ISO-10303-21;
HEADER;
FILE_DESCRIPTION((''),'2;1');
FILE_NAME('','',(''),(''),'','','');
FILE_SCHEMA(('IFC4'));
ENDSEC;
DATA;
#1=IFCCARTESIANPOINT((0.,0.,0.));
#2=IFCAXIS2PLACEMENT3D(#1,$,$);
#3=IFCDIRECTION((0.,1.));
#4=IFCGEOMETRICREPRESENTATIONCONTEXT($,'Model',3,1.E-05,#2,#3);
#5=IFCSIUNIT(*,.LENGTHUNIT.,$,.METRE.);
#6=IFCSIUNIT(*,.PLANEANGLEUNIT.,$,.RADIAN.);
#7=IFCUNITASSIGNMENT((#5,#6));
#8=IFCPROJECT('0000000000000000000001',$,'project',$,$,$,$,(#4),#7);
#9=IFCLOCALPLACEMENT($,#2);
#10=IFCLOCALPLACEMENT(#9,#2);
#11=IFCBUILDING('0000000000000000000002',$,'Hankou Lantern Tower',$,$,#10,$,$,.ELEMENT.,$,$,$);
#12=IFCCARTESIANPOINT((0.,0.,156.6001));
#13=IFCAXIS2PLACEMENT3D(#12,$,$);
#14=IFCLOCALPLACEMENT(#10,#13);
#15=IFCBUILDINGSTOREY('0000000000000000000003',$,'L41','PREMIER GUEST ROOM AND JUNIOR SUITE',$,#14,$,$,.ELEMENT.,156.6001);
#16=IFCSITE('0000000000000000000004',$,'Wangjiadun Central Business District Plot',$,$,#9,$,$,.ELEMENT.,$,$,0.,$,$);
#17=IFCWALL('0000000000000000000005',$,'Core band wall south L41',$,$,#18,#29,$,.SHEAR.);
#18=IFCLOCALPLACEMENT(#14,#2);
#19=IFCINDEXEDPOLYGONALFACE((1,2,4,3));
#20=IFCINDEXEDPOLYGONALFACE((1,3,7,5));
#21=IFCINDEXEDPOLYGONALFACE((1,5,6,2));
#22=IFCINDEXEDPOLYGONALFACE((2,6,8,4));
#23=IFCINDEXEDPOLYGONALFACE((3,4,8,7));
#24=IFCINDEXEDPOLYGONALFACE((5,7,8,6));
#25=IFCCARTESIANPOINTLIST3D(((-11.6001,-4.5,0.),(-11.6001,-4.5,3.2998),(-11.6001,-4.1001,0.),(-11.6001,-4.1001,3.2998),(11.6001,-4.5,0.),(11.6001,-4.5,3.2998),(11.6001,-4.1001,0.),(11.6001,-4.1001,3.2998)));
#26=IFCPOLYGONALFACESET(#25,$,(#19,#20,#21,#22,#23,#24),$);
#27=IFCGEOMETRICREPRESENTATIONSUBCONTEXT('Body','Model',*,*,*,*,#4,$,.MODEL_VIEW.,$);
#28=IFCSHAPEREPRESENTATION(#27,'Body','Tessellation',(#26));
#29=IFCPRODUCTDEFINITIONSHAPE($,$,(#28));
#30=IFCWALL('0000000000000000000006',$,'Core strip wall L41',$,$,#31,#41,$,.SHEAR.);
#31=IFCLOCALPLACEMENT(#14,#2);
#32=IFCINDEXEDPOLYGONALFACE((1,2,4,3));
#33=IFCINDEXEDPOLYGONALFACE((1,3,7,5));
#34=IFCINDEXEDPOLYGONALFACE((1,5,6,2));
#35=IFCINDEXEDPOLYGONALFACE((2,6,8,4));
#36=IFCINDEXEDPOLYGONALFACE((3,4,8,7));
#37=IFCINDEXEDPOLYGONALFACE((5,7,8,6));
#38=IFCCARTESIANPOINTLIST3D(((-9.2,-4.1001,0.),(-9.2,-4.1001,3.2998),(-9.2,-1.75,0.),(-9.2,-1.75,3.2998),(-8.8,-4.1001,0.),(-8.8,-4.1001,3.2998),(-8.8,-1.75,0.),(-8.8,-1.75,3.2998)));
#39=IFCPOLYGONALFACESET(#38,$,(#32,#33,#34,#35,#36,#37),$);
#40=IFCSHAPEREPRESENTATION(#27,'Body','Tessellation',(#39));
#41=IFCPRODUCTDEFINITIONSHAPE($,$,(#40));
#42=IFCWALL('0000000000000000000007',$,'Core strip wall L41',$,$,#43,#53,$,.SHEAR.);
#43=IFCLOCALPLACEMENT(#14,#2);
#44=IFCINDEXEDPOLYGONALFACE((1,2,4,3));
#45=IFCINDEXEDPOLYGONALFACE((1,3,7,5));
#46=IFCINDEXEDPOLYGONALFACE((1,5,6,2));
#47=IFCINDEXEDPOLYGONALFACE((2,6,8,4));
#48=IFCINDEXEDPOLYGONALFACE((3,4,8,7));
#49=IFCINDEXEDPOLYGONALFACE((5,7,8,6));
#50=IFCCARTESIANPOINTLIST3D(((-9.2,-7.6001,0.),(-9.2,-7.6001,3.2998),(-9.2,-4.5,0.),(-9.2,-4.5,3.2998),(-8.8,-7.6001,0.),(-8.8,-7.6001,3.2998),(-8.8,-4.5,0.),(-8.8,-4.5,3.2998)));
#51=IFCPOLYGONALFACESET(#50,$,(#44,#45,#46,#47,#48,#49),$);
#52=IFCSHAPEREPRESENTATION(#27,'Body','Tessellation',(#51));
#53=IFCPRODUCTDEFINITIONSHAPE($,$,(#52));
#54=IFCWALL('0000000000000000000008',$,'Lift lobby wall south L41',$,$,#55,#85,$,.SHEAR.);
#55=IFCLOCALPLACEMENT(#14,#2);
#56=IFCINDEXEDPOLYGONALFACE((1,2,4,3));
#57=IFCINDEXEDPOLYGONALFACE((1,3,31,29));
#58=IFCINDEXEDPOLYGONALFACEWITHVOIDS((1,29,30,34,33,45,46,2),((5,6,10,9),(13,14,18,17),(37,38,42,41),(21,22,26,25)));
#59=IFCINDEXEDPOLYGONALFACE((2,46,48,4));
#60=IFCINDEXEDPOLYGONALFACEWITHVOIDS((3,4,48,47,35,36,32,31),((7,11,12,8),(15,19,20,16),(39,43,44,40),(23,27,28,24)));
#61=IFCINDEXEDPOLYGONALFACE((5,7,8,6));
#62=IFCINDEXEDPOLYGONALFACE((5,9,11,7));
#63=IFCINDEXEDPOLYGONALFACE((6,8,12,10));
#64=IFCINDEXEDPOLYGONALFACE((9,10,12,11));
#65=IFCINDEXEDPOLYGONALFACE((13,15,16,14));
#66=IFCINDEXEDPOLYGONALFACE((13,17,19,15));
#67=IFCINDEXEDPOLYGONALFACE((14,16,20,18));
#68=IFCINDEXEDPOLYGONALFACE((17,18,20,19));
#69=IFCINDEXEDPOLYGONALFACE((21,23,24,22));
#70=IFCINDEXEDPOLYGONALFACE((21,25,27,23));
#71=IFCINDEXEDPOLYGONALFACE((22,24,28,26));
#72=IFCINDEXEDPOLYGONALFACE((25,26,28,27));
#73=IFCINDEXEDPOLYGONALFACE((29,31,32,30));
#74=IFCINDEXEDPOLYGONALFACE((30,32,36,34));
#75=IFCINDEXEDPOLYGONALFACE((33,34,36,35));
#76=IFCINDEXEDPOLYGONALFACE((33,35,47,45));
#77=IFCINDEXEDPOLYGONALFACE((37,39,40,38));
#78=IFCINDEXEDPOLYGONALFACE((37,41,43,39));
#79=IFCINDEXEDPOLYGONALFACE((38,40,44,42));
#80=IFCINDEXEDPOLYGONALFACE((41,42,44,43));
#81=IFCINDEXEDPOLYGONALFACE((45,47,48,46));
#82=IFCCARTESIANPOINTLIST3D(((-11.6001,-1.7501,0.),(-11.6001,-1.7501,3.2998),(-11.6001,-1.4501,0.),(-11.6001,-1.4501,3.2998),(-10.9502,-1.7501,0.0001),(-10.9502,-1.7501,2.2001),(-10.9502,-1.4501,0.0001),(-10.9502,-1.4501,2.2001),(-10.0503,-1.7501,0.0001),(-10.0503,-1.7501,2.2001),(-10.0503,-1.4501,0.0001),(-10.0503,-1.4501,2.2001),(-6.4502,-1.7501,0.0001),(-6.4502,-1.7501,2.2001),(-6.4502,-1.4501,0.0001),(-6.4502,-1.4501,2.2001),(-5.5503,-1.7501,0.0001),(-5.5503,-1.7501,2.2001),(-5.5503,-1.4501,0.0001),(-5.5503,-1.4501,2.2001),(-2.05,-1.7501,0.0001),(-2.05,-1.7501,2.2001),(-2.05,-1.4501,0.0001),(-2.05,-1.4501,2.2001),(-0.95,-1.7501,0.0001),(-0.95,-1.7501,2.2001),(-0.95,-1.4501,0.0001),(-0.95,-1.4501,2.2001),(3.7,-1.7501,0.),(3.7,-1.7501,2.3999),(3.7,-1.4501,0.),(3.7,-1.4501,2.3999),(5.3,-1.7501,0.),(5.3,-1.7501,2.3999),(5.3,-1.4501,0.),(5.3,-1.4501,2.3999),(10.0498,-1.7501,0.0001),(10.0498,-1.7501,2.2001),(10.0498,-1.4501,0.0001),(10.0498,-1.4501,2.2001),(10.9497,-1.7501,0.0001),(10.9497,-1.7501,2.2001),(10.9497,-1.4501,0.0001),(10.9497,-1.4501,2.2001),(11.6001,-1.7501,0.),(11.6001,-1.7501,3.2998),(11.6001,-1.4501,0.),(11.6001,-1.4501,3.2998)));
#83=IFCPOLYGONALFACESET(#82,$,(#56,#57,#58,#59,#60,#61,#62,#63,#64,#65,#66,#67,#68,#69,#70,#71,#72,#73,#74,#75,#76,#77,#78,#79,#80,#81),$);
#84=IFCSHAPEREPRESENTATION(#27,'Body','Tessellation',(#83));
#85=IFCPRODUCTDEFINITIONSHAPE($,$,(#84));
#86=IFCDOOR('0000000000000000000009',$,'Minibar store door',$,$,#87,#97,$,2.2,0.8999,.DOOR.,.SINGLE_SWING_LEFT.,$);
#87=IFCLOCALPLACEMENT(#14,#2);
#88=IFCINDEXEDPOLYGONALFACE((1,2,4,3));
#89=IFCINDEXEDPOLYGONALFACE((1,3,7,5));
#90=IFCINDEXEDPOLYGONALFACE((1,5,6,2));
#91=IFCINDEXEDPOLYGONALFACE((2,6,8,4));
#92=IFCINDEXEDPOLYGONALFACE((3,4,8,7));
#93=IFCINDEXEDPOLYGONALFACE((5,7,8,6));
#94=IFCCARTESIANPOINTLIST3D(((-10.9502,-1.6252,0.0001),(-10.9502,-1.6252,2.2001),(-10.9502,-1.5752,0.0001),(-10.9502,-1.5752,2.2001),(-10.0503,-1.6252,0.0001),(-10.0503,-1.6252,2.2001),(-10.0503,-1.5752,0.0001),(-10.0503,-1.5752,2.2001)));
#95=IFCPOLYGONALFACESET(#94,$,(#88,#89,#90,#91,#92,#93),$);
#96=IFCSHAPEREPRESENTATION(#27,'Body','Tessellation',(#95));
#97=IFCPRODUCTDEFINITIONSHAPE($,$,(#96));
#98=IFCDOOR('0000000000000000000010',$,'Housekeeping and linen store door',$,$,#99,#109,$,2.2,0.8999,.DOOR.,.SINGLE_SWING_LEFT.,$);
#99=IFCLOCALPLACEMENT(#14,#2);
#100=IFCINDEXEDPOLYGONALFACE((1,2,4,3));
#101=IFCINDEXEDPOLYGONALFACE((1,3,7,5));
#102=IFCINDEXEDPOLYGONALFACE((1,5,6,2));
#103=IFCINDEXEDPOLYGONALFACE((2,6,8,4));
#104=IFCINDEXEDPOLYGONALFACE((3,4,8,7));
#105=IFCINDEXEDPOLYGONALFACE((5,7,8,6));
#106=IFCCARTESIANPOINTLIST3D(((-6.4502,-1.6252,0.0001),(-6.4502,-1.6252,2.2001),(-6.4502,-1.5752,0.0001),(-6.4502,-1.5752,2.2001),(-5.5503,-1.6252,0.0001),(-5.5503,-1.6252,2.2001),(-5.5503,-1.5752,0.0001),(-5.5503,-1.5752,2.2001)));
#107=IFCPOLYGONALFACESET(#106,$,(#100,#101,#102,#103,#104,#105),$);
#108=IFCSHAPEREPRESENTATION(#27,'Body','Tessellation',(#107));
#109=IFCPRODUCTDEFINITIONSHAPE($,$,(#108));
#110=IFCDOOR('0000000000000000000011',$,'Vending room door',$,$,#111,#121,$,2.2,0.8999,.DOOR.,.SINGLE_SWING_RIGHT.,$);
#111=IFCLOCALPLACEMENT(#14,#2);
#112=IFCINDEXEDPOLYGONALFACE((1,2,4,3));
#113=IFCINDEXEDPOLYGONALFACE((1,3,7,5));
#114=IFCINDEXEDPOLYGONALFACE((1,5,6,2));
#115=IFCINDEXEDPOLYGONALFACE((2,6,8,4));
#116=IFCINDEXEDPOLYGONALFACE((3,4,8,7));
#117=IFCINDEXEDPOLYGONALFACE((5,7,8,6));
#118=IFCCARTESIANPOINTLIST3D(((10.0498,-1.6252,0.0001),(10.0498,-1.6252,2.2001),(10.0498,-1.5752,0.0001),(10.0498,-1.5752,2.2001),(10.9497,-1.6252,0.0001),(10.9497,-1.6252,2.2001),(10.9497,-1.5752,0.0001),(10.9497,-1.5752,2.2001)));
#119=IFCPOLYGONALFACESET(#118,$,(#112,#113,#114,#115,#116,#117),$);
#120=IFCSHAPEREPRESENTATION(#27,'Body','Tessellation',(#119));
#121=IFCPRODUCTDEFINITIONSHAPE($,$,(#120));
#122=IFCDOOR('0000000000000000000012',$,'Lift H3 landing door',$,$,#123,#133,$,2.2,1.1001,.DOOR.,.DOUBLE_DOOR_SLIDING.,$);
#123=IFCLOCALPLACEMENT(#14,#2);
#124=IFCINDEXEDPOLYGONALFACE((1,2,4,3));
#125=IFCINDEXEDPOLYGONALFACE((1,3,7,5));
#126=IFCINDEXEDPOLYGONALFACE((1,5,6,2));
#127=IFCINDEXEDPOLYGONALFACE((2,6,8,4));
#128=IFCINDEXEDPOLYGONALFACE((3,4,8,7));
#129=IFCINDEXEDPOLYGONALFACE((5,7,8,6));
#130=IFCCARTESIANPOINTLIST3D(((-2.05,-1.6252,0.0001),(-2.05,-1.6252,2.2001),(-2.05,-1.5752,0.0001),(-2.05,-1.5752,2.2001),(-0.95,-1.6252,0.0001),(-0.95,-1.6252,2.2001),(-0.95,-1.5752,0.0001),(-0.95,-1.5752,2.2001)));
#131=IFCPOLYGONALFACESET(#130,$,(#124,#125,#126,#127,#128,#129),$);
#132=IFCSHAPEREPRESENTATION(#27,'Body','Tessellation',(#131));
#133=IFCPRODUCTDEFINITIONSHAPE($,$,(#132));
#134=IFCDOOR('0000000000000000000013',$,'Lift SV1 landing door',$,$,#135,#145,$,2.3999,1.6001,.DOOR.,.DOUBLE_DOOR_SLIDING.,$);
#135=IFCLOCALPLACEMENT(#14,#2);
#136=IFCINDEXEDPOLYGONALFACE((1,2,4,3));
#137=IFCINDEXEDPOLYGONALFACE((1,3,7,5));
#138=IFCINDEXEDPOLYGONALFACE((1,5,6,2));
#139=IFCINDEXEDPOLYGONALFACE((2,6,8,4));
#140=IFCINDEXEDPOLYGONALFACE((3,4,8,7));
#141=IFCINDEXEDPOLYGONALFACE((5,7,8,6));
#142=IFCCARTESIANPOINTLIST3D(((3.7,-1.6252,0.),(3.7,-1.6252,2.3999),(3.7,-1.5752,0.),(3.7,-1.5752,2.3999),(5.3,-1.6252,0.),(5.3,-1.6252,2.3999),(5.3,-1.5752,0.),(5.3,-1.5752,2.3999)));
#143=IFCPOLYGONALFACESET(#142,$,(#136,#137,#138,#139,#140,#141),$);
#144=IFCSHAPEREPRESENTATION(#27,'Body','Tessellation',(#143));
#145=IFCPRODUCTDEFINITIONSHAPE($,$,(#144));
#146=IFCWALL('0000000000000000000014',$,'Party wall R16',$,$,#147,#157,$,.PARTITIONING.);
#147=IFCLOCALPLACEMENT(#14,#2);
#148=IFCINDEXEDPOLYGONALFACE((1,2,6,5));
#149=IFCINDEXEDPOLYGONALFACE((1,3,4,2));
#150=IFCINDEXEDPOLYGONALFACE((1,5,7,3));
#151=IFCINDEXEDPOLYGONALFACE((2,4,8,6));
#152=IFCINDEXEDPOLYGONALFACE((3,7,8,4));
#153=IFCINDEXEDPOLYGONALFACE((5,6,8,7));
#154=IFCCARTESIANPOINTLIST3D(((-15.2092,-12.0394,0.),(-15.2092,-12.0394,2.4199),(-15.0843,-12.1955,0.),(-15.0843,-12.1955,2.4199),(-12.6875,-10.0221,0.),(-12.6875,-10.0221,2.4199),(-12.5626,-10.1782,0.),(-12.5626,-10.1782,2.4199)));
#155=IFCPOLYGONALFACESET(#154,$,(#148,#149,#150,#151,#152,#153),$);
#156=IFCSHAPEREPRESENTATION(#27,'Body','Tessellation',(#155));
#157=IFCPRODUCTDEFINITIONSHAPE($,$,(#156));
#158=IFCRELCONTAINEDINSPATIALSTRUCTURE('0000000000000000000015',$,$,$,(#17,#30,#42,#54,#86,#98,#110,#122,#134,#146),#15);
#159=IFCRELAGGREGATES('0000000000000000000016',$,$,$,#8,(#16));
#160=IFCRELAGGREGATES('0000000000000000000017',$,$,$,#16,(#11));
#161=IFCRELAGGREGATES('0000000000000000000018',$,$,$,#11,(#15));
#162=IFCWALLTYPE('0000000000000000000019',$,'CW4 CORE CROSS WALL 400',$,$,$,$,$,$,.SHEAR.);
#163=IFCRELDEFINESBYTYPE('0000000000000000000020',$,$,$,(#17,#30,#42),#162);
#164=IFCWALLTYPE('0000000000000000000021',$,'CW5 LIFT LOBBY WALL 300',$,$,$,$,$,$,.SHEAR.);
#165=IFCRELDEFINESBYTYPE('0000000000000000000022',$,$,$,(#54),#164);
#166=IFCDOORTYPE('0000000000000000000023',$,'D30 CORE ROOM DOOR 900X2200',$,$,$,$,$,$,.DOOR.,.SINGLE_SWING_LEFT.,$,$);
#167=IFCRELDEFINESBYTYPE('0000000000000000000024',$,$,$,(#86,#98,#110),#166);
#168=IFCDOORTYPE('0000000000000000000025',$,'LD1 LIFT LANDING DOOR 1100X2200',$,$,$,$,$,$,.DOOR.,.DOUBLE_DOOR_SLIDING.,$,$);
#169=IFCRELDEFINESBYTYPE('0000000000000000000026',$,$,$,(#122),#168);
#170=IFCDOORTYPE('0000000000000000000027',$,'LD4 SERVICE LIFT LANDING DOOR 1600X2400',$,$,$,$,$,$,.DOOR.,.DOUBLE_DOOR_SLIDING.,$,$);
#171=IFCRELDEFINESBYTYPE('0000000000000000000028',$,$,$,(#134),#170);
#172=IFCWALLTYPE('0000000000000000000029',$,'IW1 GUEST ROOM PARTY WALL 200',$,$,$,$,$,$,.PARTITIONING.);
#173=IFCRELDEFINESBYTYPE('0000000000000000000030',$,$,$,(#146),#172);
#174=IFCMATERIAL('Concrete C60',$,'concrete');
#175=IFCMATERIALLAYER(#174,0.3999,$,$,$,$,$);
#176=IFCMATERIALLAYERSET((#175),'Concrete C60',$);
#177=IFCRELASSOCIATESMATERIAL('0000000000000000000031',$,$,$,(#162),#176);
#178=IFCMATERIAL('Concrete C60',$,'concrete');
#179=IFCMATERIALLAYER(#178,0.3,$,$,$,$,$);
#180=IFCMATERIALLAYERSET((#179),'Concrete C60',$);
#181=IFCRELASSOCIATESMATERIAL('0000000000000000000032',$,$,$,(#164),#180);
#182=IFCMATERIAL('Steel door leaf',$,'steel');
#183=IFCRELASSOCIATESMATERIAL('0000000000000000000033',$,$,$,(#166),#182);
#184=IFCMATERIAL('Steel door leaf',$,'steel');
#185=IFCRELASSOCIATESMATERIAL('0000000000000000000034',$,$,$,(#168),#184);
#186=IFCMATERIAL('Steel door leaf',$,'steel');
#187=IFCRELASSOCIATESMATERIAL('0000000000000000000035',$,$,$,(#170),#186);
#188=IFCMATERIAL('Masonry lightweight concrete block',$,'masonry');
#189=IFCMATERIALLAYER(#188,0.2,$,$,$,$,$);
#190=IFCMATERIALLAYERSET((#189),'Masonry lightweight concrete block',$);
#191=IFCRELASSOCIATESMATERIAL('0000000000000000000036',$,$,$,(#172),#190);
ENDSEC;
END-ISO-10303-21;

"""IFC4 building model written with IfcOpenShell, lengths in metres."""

from ifc_helpers import new_model, si_unit, direction, frame, frame_2d, origin, place, context, subcontext, project, spatial, rectangle, extrude, material, layer, layer_set, type_object, element, fill, save


model = new_model("IFC4")

# Units and contexts
model_context = context("Model", 3, precision=1e-05, world=origin(), true_north=direction((0.0, 1.0)))
body_context = subcontext(model_context, "Body", "Model", "MODEL_VIEW")
ifc_project = project(units=[si_unit("LENGTHUNIT", "METRE"), si_unit("PLANEANGLEUNIT", "RADIAN")], contexts=[model_context])

# Site, building, storey
site_placement = place(None, origin())
site = spatial("IfcSite", under=ifc_project, at=site_placement, Name="Wangjiadun Central Business District Plot", CompositionType="ELEMENT", RefElevation=0.0)
building_placement = place(site_placement, origin())
building = spatial("IfcBuilding", under=site, at=building_placement, Name="Hankou Lantern Tower", CompositionType="ELEMENT")
storey_placement = place(building_placement, frame((0.0, 0.0, 156.6001)))
storey = spatial("IfcBuildingStorey", under=building, at=storey_placement, Name="L41", Description="PREMIER GUEST ROOM AND JUNIOR SUITE", CompositionType="ELEMENT", Elevation=156.6001)

# Walls
ifc_material_1 = material(Name="Concrete C60", Category="concrete")
ifc_layer_1 = layer(ifc_material_1, 0.3999)
ifc_layer_set_1 = layer_set([ifc_layer_1], Name="Concrete C60")
wall_type_1 = type_object("IfcWallType", Name="CW4 CORE CROSS WALL 400", PredefinedType="SHEAR", material=ifc_layer_set_1)
wall_1_placement = place(storey_placement, frame((-11.6001, -4.3, 0.0), z_axis=(0.0, 0.0, 1.0), x_axis=(1.0, 0.0, 0.0)))
element("IfcWall", 1, at=wall_1_placement, inside=storey, type_object=wall_type_1, Name="Core band wall south L41", PredefinedType="SHEAR", context=body_context, shape_type="SweptSolid", body=[
    extrude(rectangle(XDim=23.2002, YDim=0.3999, at=frame_2d((11.6001, 0.0))), origin(), (0.0, 0.0, 1.0), 3.2998),
])
wall_2_placement = place(storey_placement, frame((-9.0, -4.1001, 0.0), z_axis=(0.0, 0.0, 1.0), x_axis=(0.0, 1.0, 0.0)))
element("IfcWall", 2, at=wall_2_placement, inside=storey, type_object=wall_type_1, Name="Core strip wall L41", PredefinedType="SHEAR", context=body_context, shape_type="SweptSolid", body=[
    extrude(rectangle(XDim=2.3501, YDim=0.3999, at=frame_2d((1.175, 0.0))), origin(), (0.0, 0.0, 1.0), 3.2998),
])
wall_3_placement = place(storey_placement, frame((-9.0, -7.6001, 0.0), z_axis=(0.0, 0.0, 1.0), x_axis=(0.0, 1.0, 0.0)))
element("IfcWall", 3, at=wall_3_placement, inside=storey, type_object=wall_type_1, Name="Core strip wall L41", PredefinedType="SHEAR", context=body_context, shape_type="SweptSolid", body=[
    extrude(rectangle(XDim=3.1001, YDim=0.3999, at=frame_2d((1.55, 0.0))), origin(), (0.0, 0.0, 1.0), 3.2998),
])

# Wall, openings, doors
ifc_material_2 = material(Name="Concrete C60", Category="concrete")
ifc_layer_2 = layer(ifc_material_2, 0.3)
ifc_layer_set_2 = layer_set([ifc_layer_2], Name="Concrete C60")
wall_type_2 = type_object("IfcWallType", Name="CW5 LIFT LOBBY WALL 300", PredefinedType="SHEAR", material=ifc_layer_set_2)
wall_4_placement = place(storey_placement, frame((-11.6001, -1.6001, 0.0), z_axis=(0.0, 0.0, 1.0), x_axis=(1.0, 0.0, 0.0)))
wall_4 = element("IfcWall", 4, at=wall_4_placement, inside=storey, type_object=wall_type_2, Name="Lift lobby wall south L41", PredefinedType="SHEAR", context=body_context, shape_type="SweptSolid", body=[
    extrude(rectangle(XDim=23.2002, YDim=0.3, at=frame_2d((11.6001, 0.0))), origin(), (0.0, 0.0, 1.0), 3.2998),
])
opening_1_placement = place(wall_4_placement, frame((9.55, 0.0, 0.0)))
opening_1 = element("IfcOpeningElement", 5, at=opening_1_placement, cuts=wall_4, PredefinedType="OPENING", context=body_context, shape_type="SweptSolid", body=[
    extrude(rectangle(XDim=1.1001, YDim=2.2, at=frame_2d((0.55, 1.1001))), frame((0.0, 0.1599, 0.0), z_axis=(0.0, -1.0, 0.0), x_axis=(1.0, 0.0, 0.0)), (0.0, 0.0, 1.0), 0.3201),
])
opening_2_placement = place(wall_4_placement, frame((15.3, 0.0, 0.0)))
opening_2 = element("IfcOpeningElement", 6, at=opening_2_placement, cuts=wall_4, PredefinedType="OPENING", context=body_context, shape_type="SweptSolid", body=[
    extrude(rectangle(XDim=1.6001, YDim=2.3999, at=frame_2d((0.8, 1.2))), frame((0.0, 0.1599, 0.0), z_axis=(0.0, -1.0, 0.0), x_axis=(1.0, 0.0, 0.0)), (0.0, 0.0, 1.0), 0.3201),
])
opening_3_placement = place(wall_4_placement, frame((0.6499, 0.0, 0.0)))
opening_3 = element("IfcOpeningElement", 7, at=opening_3_placement, cuts=wall_4, PredefinedType="OPENING", context=body_context, shape_type="SweptSolid", body=[
    extrude(rectangle(XDim=0.8999, YDim=2.2, at=frame_2d((0.45, 1.1001))), frame((0.0, 0.1599, 0.0), z_axis=(0.0, -1.0, 0.0), x_axis=(1.0, 0.0, 0.0)), (0.0, 0.0, 1.0), 0.3201),
])
opening_4_placement = place(wall_4_placement, frame((5.1499, 0.0, 0.0)))
opening_4 = element("IfcOpeningElement", 8, at=opening_4_placement, cuts=wall_4, PredefinedType="OPENING", context=body_context, shape_type="SweptSolid", body=[
    extrude(rectangle(XDim=0.8999, YDim=2.2, at=frame_2d((0.45, 1.1001))), frame((0.0, 0.1599, 0.0), z_axis=(0.0, -1.0, 0.0), x_axis=(1.0, 0.0, 0.0)), (0.0, 0.0, 1.0), 0.3201),
])
opening_5_placement = place(wall_4_placement, frame((21.6499, 0.0, 0.0)))
opening_5 = element("IfcOpeningElement", 9, at=opening_5_placement, cuts=wall_4, PredefinedType="OPENING", context=body_context, shape_type="SweptSolid", body=[
    extrude(rectangle(XDim=0.8999, YDim=2.2, at=frame_2d((0.45, 1.1001))), frame((0.0, 0.1599, 0.0), z_axis=(0.0, -1.0, 0.0), x_axis=(1.0, 0.0, 0.0)), (0.0, 0.0, 1.0), 0.3201),
])
ifc_material_3 = material(Name="Steel door leaf", Category="steel")
door_type_1 = type_object("IfcDoorType", Name="D30 CORE ROOM DOOR 900X2200", OperationType="SINGLE_SWING_LEFT", PredefinedType="DOOR", material=ifc_material_3)
door_1_placement = place(opening_3_placement, origin())
door_1 = element("IfcDoor", 10, at=door_1_placement, inside=storey, type_object=door_type_1, Name="Minibar store door", OperationType="SINGLE_SWING_LEFT", OverallHeight=2.2, OverallWidth=0.8999, PredefinedType="DOOR", context=body_context, shape_type="SweptSolid", body=[
    extrude(rectangle(XDim=0.8999, YDim=2.2, at=frame_2d((0.45, 1.1001))), frame((0.0, 0.0249, 0.0), z_axis=(0.0, -1.0, 0.0), x_axis=(1.0, 0.0, 0.0)), (0.0, 0.0, 1.0), 0.05),
])
fill(opening_3, door_1)
door_2_placement = place(opening_4_placement, origin())
door_2 = element("IfcDoor", 11, at=door_2_placement, inside=storey, type_object=door_type_1, Name="Housekeeping and linen store door", OperationType="SINGLE_SWING_LEFT", OverallHeight=2.2, OverallWidth=0.8999, PredefinedType="DOOR", context=body_context, shape_type="SweptSolid", body=[
    extrude(rectangle(XDim=0.8999, YDim=2.2, at=frame_2d((0.45, 1.1001))), frame((0.0, 0.0249, 0.0), z_axis=(0.0, -1.0, 0.0), x_axis=(1.0, 0.0, 0.0)), (0.0, 0.0, 1.0), 0.05),
])
fill(opening_4, door_2)
door_3_placement = place(opening_5_placement, origin())
door_3 = element("IfcDoor", 12, at=door_3_placement, inside=storey, type_object=door_type_1, Name="Vending room door", OperationType="SINGLE_SWING_RIGHT", OverallHeight=2.2, OverallWidth=0.8999, PredefinedType="DOOR", context=body_context, shape_type="SweptSolid", body=[
    extrude(rectangle(XDim=0.8999, YDim=2.2, at=frame_2d((0.45, 1.1001))), frame((0.0, 0.0249, 0.0), z_axis=(0.0, -1.0, 0.0), x_axis=(1.0, 0.0, 0.0)), (0.0, 0.0, 1.0), 0.05),
])
fill(opening_5, door_3)
ifc_material_4 = material(Name="Steel door leaf", Category="steel")
door_type_2 = type_object("IfcDoorType", Name="LD1 LIFT LANDING DOOR 1100X2200", OperationType="DOUBLE_DOOR_SLIDING", PredefinedType="DOOR", material=ifc_material_4)
door_4_placement = place(opening_1_placement, origin())
door_4 = element("IfcDoor", 13, at=door_4_placement, inside=storey, type_object=door_type_2, Name="Lift H3 landing door", OperationType="DOUBLE_DOOR_SLIDING", OverallHeight=2.2, OverallWidth=1.1001, PredefinedType="DOOR", context=body_context, shape_type="SweptSolid", body=[
    extrude(rectangle(XDim=1.1001, YDim=2.2, at=frame_2d((0.55, 1.1001))), frame((0.0, 0.0249, 0.0), z_axis=(0.0, -1.0, 0.0), x_axis=(1.0, 0.0, 0.0)), (0.0, 0.0, 1.0), 0.05),
])
fill(opening_1, door_4)
ifc_material_5 = material(Name="Steel door leaf", Category="steel")
door_type_3 = type_object("IfcDoorType", Name="LD4 SERVICE LIFT LANDING DOOR 1600X2400", OperationType="DOUBLE_DOOR_SLIDING", PredefinedType="DOOR", material=ifc_material_5)
door_5_placement = place(opening_2_placement, origin())
door_5 = element("IfcDoor", 14, at=door_5_placement, inside=storey, type_object=door_type_3, Name="Lift SV1 landing door", OperationType="DOUBLE_DOOR_SLIDING", OverallHeight=2.3999, OverallWidth=1.6001, PredefinedType="DOOR", context=body_context, shape_type="SweptSolid", body=[
    extrude(rectangle(XDim=1.6001, YDim=2.3999, at=frame_2d((0.8, 1.2))), frame((0.0, 0.0249, 0.0), z_axis=(0.0, -1.0, 0.0), x_axis=(1.0, 0.0, 0.0)), (0.0, 0.0, 1.0), 0.05),
])
fill(opening_2, door_5)

# Wall
ifc_material_6 = material(Name="Masonry lightweight concrete block", Category="masonry")
ifc_layer_3 = layer(ifc_material_6, 0.2)
ifc_layer_set_3 = layer_set([ifc_layer_3], Name="Masonry lightweight concrete block")
wall_type_3 = type_object("IfcWallType", Name="IW1 GUEST ROOM PARTY WALL 200", PredefinedType="PARTITIONING", material=ifc_layer_set_3)
wall_5_placement = place(storey_placement, frame((-12.625, -10.1001, 0.0), z_axis=(0.0, 0.0, 1.0), x_axis=(-0.780876, -0.624686, 0.0)))
element("IfcWall", 15, at=wall_5_placement, inside=storey, type_object=wall_type_3, Name="Party wall R16", PredefinedType="PARTITIONING", context=body_context, shape_type="SweptSolid", body=[
    extrude(rectangle(XDim=3.2292, YDim=0.2, at=frame_2d((1.6147, 0.0))), origin(), (0.0, 0.0, 1.0), 2.4199),
])

save(model, "model.ifc")
